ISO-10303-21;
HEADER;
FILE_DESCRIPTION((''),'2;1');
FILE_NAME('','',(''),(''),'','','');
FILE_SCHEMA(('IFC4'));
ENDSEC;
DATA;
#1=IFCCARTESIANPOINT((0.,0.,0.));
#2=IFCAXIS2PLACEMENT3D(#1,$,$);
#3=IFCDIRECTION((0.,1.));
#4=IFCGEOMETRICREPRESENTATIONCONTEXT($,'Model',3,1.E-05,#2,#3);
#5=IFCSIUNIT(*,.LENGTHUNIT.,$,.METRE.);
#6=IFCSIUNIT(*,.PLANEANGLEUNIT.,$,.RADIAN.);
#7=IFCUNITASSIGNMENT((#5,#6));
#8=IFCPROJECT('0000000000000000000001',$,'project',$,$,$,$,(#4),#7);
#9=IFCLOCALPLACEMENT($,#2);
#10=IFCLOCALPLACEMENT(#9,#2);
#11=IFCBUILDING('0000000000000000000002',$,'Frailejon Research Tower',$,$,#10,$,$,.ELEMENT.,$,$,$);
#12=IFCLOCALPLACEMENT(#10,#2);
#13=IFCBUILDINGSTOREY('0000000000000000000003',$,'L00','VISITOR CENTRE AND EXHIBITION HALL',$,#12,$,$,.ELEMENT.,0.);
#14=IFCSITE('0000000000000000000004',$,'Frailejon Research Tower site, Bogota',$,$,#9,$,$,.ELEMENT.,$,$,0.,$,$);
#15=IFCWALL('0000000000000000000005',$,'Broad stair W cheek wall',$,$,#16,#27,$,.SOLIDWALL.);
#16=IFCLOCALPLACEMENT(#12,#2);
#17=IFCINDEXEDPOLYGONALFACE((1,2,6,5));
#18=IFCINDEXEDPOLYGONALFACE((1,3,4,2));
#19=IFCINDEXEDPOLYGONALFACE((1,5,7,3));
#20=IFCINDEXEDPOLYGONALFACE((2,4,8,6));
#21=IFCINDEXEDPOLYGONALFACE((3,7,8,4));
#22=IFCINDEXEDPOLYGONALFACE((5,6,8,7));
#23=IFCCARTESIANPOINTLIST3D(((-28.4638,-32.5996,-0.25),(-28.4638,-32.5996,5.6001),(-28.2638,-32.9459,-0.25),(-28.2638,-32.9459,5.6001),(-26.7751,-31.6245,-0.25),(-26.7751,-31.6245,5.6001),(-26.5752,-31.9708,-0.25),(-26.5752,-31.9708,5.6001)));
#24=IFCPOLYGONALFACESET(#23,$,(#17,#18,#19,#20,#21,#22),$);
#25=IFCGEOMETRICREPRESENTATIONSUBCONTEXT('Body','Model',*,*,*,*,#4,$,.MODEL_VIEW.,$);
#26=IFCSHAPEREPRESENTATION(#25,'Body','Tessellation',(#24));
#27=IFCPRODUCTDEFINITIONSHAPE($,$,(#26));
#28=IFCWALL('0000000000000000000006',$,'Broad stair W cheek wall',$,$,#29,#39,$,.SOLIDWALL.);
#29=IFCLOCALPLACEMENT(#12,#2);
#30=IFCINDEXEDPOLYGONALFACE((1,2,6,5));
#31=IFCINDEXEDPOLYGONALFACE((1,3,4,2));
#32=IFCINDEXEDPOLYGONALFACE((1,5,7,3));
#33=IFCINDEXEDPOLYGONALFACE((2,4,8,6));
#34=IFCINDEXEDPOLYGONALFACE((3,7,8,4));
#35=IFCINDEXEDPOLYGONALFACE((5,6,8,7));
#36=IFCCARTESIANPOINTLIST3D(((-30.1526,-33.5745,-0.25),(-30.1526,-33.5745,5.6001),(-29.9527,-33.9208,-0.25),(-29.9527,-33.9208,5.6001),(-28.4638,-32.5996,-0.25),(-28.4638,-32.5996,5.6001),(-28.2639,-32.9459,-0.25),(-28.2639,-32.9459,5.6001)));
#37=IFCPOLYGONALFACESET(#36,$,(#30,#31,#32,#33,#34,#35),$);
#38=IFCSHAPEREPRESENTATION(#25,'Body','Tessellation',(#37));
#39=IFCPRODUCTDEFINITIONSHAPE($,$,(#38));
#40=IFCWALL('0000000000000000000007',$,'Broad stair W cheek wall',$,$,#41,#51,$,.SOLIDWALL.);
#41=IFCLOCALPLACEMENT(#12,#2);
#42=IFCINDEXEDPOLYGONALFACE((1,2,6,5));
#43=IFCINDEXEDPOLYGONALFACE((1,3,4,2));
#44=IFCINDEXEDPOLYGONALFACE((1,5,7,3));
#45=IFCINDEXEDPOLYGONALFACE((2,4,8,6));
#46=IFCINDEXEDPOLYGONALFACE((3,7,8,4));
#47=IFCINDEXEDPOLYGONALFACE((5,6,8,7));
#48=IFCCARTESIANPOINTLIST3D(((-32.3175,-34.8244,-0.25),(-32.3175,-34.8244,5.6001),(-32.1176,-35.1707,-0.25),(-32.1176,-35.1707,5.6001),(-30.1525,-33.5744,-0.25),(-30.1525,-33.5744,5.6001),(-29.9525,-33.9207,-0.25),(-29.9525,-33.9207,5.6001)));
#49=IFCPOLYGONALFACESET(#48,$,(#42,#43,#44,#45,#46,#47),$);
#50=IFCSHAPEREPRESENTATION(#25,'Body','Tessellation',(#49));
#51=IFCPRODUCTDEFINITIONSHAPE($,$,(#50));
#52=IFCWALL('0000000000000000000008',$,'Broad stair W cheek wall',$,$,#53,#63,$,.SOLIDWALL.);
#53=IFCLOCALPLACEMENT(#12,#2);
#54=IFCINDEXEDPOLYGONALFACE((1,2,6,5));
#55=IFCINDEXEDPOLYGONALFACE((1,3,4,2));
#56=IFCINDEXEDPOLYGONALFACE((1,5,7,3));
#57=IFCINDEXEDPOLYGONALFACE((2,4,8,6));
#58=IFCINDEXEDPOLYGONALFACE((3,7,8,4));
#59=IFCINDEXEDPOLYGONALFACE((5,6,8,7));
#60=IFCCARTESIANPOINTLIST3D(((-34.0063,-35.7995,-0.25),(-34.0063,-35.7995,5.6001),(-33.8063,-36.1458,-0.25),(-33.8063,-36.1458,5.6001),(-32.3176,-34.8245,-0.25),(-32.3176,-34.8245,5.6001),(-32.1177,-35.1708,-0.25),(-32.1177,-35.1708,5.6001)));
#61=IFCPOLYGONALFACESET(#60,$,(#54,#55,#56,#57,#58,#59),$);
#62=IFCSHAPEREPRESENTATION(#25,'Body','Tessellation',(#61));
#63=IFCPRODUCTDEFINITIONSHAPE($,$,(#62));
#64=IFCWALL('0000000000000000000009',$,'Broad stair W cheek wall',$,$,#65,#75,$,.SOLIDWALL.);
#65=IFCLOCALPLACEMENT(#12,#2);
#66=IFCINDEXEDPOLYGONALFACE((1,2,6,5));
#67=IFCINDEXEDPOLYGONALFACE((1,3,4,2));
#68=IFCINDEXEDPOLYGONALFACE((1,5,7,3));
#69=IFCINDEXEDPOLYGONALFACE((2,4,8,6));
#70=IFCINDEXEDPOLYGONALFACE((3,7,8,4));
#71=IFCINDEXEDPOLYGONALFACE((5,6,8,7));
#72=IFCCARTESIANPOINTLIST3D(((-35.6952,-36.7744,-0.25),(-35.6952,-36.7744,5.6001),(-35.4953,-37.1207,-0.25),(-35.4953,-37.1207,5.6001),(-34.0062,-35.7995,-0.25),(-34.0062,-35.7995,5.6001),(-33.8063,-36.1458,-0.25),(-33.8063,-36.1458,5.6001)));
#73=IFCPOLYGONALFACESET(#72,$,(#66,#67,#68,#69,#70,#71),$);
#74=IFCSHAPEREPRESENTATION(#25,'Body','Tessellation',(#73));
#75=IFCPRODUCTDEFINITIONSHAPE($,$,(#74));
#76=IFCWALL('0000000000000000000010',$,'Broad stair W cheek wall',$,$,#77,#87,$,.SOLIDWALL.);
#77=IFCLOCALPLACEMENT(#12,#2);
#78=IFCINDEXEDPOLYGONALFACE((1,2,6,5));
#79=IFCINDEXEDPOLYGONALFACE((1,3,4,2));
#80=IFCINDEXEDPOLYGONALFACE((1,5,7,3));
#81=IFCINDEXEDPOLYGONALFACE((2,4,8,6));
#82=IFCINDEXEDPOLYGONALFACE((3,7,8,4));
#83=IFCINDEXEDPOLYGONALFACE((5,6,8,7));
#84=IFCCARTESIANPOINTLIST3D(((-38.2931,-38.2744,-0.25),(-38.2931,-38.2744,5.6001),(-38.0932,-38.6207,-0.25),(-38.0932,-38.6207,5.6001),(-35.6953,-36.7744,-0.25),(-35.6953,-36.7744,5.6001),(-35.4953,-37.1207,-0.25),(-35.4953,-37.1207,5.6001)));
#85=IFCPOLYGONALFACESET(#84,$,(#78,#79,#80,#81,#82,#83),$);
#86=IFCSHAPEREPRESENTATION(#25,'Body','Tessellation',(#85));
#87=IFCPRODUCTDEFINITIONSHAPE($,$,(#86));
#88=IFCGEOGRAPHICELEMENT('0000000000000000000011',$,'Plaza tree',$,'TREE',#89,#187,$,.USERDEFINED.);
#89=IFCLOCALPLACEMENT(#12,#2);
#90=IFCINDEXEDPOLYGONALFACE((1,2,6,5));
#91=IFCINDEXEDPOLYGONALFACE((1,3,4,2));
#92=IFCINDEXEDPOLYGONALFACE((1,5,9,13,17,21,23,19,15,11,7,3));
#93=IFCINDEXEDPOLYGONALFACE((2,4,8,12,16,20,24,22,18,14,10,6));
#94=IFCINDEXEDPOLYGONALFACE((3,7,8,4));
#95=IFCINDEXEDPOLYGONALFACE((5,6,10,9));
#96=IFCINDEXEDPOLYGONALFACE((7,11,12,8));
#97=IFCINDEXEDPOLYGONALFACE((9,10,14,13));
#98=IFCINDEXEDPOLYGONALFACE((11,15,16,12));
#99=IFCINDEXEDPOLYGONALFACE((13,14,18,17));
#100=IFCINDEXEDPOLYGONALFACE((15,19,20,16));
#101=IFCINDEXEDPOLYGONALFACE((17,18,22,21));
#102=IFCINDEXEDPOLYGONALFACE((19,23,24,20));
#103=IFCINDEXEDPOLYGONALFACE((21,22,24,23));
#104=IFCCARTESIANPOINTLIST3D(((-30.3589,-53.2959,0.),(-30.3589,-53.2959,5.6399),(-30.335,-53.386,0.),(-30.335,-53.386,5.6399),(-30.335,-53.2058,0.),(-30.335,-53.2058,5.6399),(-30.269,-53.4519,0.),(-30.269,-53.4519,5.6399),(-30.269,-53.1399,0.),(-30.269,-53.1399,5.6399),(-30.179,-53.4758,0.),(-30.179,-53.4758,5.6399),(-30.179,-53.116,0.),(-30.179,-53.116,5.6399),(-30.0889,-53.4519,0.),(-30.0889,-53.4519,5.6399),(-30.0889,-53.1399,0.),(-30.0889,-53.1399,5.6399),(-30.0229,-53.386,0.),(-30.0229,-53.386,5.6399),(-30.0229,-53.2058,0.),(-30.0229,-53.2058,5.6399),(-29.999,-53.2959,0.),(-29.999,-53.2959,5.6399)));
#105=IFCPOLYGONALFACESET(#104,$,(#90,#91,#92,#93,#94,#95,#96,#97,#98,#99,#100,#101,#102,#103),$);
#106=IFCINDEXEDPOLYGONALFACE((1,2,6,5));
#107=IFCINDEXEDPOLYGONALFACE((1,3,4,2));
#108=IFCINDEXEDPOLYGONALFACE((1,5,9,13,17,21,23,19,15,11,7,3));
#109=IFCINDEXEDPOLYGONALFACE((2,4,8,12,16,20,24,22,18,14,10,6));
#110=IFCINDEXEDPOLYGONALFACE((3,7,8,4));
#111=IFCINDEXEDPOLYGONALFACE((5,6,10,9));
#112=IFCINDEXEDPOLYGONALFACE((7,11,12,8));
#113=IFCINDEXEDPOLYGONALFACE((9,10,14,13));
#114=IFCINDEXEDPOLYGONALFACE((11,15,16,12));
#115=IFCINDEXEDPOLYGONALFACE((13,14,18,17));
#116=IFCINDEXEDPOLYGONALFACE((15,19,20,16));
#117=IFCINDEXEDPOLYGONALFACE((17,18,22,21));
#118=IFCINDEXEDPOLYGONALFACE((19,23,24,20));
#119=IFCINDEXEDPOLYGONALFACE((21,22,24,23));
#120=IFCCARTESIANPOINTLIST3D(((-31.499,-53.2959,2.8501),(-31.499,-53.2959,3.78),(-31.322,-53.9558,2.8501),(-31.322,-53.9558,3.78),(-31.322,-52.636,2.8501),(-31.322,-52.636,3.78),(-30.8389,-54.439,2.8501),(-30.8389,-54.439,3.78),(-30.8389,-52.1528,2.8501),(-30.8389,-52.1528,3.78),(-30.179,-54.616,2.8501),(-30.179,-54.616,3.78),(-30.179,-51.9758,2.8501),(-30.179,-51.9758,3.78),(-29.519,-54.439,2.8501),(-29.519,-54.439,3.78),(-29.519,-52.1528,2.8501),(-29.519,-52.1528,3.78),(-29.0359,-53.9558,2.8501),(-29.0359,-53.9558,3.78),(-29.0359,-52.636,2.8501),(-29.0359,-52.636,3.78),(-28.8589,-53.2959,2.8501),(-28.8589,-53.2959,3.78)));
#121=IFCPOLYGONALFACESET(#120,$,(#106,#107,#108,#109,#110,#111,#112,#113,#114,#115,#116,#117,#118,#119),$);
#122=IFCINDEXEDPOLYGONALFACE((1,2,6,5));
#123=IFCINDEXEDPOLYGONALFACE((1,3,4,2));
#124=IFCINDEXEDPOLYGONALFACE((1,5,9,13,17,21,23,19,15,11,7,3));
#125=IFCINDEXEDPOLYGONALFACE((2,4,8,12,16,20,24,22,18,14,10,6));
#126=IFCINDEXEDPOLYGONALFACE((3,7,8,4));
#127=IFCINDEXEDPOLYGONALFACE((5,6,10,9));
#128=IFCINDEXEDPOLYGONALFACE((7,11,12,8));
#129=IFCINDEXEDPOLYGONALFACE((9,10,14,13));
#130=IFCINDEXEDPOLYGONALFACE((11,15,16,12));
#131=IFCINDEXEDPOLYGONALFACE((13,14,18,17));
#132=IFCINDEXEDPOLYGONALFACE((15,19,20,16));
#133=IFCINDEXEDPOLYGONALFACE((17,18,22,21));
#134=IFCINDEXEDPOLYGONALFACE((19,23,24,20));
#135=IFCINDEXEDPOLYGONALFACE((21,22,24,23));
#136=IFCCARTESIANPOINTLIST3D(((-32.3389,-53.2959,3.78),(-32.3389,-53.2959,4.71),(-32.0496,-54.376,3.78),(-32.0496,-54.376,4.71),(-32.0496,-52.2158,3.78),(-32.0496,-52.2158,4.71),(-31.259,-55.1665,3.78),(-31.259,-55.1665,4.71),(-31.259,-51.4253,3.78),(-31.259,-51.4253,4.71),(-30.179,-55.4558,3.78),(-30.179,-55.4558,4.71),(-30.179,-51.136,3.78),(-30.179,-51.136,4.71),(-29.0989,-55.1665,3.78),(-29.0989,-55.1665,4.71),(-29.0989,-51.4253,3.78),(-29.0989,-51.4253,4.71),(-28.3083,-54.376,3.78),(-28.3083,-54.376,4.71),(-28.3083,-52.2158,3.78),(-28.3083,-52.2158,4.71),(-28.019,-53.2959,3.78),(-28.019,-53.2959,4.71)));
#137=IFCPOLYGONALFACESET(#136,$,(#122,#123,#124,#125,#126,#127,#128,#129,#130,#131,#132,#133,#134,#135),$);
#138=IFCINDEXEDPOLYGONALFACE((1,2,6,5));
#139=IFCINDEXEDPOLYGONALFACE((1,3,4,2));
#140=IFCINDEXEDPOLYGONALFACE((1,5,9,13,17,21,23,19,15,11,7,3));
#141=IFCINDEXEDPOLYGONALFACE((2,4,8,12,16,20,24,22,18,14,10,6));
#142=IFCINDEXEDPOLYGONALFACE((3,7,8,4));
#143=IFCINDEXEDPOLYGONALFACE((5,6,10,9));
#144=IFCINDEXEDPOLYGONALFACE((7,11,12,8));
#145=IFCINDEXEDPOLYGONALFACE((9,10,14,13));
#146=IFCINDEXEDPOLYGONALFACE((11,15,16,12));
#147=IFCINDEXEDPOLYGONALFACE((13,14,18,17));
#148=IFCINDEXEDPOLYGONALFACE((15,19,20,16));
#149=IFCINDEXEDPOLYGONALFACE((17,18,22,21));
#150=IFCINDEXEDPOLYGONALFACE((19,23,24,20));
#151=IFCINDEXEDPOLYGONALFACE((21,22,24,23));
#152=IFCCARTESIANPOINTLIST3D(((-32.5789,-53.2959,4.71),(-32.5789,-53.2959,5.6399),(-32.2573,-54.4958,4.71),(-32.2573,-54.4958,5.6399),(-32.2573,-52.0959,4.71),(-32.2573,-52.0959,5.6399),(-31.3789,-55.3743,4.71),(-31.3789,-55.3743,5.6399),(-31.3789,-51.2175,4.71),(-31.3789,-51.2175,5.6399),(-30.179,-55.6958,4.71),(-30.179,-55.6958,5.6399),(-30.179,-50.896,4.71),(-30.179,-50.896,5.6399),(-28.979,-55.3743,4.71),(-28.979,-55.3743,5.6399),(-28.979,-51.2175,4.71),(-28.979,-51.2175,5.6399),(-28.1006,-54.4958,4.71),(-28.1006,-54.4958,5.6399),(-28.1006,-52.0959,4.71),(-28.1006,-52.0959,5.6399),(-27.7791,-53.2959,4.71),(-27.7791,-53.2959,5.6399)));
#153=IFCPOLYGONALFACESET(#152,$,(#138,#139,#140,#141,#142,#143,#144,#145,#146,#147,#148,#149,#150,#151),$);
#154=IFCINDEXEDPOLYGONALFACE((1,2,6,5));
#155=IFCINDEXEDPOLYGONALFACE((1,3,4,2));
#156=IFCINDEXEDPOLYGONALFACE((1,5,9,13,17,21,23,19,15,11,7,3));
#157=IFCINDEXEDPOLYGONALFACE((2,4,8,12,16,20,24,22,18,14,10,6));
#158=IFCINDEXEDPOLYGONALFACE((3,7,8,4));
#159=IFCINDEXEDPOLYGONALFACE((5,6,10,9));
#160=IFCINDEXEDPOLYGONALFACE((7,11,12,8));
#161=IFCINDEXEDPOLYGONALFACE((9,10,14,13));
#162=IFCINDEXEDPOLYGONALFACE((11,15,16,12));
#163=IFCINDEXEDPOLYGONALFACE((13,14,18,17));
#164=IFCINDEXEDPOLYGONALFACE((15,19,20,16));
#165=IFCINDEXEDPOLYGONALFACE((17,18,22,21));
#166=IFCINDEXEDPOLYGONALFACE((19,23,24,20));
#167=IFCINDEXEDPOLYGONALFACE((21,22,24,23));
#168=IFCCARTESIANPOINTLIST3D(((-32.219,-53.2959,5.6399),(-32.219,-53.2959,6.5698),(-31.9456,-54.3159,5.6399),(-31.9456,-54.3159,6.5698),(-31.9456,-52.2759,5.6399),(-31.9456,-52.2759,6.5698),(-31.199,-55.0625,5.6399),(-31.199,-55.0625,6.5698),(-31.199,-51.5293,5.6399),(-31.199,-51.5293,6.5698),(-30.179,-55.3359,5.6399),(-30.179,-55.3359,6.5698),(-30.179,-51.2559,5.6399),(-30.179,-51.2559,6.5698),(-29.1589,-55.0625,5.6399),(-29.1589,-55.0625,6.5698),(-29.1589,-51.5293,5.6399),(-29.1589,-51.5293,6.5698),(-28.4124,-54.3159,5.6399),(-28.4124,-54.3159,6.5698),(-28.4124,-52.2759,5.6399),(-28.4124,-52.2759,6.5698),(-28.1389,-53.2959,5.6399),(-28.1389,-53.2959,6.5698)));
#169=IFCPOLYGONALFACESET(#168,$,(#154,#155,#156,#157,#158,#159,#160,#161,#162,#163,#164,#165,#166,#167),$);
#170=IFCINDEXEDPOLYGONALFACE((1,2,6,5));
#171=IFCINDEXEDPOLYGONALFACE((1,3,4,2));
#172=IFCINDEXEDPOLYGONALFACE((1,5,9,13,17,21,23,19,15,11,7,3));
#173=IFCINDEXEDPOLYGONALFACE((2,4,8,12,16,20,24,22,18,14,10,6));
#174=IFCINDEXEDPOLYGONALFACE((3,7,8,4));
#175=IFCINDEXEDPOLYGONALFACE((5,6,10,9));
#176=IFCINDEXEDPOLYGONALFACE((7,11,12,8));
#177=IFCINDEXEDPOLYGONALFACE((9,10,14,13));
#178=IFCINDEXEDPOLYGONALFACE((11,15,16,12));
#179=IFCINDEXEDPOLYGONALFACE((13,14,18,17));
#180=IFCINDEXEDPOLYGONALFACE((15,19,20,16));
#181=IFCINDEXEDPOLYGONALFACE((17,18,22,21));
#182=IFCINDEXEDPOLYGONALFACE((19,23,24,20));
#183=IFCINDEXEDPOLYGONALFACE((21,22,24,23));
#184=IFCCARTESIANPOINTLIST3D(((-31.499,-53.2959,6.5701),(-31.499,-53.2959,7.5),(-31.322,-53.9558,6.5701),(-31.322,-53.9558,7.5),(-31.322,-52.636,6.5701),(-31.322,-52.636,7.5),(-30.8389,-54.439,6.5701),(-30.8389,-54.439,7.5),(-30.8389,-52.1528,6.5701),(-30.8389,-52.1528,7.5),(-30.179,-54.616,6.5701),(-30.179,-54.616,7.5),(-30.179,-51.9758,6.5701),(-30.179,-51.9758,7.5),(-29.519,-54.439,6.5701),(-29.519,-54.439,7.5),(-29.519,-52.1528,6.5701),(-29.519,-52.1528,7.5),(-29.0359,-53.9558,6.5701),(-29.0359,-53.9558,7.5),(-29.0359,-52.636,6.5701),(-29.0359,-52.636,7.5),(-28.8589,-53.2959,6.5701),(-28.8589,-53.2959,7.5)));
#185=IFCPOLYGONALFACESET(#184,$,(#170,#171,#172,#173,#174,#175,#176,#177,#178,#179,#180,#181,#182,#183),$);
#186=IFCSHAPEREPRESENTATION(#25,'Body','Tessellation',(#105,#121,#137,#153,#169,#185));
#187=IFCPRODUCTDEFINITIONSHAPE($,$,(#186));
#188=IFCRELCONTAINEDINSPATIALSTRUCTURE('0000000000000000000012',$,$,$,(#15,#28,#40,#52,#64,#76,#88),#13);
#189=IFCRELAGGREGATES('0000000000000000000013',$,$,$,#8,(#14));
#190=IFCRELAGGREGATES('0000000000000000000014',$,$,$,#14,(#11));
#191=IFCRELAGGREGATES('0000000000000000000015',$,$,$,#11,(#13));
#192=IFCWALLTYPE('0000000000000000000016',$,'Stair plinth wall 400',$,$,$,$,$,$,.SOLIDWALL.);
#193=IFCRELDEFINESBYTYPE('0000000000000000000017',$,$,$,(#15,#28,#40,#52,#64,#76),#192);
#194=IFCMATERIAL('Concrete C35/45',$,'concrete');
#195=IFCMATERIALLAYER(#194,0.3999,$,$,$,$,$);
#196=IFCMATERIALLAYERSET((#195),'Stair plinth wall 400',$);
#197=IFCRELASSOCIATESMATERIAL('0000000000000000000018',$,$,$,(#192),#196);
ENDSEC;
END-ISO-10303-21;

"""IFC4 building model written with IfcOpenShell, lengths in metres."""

from ifc_helpers import new_model, si_unit, direction, frame, frame_2d, origin, place, context, subcontext, project, spatial, polyline, rectangle, outline, extrude, material, layer, layer_set, type_object, element, save


model = new_model("IFC4")

# Units and contexts
model_context = context("Model", 3, precision=1e-05, world=origin(), true_north=direction((0.0, 1.0)))
body_context = subcontext(model_context, "Body", "Model", "MODEL_VIEW")
ifc_project = project(units=[si_unit("LENGTHUNIT", "METRE"), si_unit("PLANEANGLEUNIT", "RADIAN")], contexts=[model_context])

# Site, building, storey
site_placement = place(None, origin())
site = spatial("IfcSite", under=ifc_project, at=site_placement, Name="Frailejon Research Tower site, Bogota", CompositionType="ELEMENT", RefElevation=0.0)
building_placement = place(site_placement, origin())
building = spatial("IfcBuilding", under=site, at=building_placement, Name="Frailejon Research Tower", CompositionType="ELEMENT")
storey_placement = place(building_placement, origin())
storey = spatial("IfcBuildingStorey", under=building, at=storey_placement, Name="L00", Description="VISITOR CENTRE AND EXHIBITION HALL", CompositionType="ELEMENT", Elevation=0.0)

# Walls
ifc_material_1 = material(Name="Concrete C35/45", Category="concrete")
ifc_layer_1 = layer(ifc_material_1, 0.3999)
ifc_layer_set_1 = layer_set([ifc_layer_1], Name="Stair plinth wall 400")
wall_type_1 = type_object("IfcWallType", Name="Stair plinth wall 400", PredefinedType="SOLIDWALL", material=ifc_layer_set_1)
for number, where, z_axis, x_axis, name in (
    (1, (-26.675, -31.7976, -0.25), (0.0, 0.0, 1.0), (-0.866, -0.500044, 0.0), "Broad stair W cheek wall"),
    (2, (-28.3638, -32.7727, -0.25), (0.0, 0.0, 1.0), (-0.866054, -0.49995, 0.0), "Broad stair W cheek wall"),
):
    element("IfcWall", number, at=place(storey_placement, frame(where, z_axis=z_axis, x_axis=x_axis)), inside=storey, type_object=wall_type_1, Name=name, PredefinedType="SOLIDWALL", context=body_context, shape_type="SweptSolid", body=[
        extrude(rectangle(XDim=1.95, YDim=0.3999, at=frame_2d((0.9751, 0.0))), origin(), (0.0, 0.0, 1.0), 5.8501),
    ])
wall_1_placement = place(storey_placement, frame((-30.0525, -33.7476, -0.25), z_axis=(0.0, 0.0, 1.0), x_axis=(-0.866023, -0.500004, 0.0)))
element("IfcWall", 3, at=wall_1_placement, inside=storey, type_object=wall_type_1, Name="Broad stair W cheek wall", PredefinedType="SOLIDWALL", context=body_context, shape_type="SweptSolid", body=[
    extrude(rectangle(XDim=2.5, YDim=0.3999, at=frame_2d((1.25, 0.0))), origin(), (0.0, 0.0, 1.0), 5.8501),
])
wall_2_placement = place(storey_placement, frame((-32.2175, -34.9976, -0.25), z_axis=(0.0, 0.0, 1.0), x_axis=(-0.866, -0.500044, 0.0)))
element("IfcWall", 4, at=wall_2_placement, inside=storey, type_object=wall_type_1, Name="Broad stair W cheek wall", PredefinedType="SOLIDWALL", context=body_context, shape_type="SweptSolid", body=[
    extrude(rectangle(XDim=1.95, YDim=0.3999, at=frame_2d((0.9751, 0.0))), origin(), (0.0, 0.0, 1.0), 5.8501),
])
wall_3_placement = place(storey_placement, frame((-33.9062, -35.9727, -0.25), z_axis=(0.0, 0.0, 1.0), x_axis=(-0.866086, -0.499896, 0.0)))
element("IfcWall", 5, at=wall_3_placement, inside=storey, type_object=wall_type_1, Name="Broad stair W cheek wall", PredefinedType="SOLIDWALL", context=body_context, shape_type="SweptSolid", body=[
    extrude(rectangle(XDim=1.9502, YDim=0.3999, at=frame_2d((0.9751, 0.0))), origin(), (0.0, 0.0, 1.0), 5.8501),
])
wall_4_placement = place(storey_placement, frame((-35.5952, -36.9475, -0.25), z_axis=(0.0, 0.0, 1.0), x_axis=(-0.866011, -0.500025, 0.0)))
element("IfcWall", 6, at=wall_4_placement, inside=storey, type_object=wall_type_1, Name="Broad stair W cheek wall", PredefinedType="SOLIDWALL", context=body_context, shape_type="SweptSolid", body=[
    extrude(rectangle(XDim=2.9998, YDim=0.3999, at=frame_2d((1.5, 0.0))), origin(), (0.0, 0.0, 1.0), 5.8501),
])

# Geographic element
geographic_element_1_placement = place(storey_placement, frame((-30.179, -53.2959, 0.0)))
element("IfcGeographicElement", 7, at=geographic_element_1_placement, inside=storey, Name="Plaza tree", ObjectType="TREE", PredefinedType="USERDEFINED", context=body_context, shape_type="SweptSolid", body=[
    extrude(outline(polyline([(0.1799, 0.0), (0.156, 0.0901), (0.0901, 0.156), (0.0, 0.1799), (-0.0901, 0.156), (-0.156, 0.0901), (-0.1799, 0.0), (-0.156, -0.0901), (-0.0901, -0.156), (0.0, -0.1799), (0.0901, -0.156), (0.156, -0.0901), (0.1799, 0.0)])), origin(), (0.0, 0.0, 1.0), 5.6399),
    extrude(outline(polyline([(1.3201, 0.0), (1.1431, 0.6599), (0.6599, 1.1431), (0.0, 1.3201), (-0.6599, 1.1431), (-1.1431, 0.6599), (-1.3201, 0.0), (-1.1431, -0.6599), (-0.6599, -1.1431), (0.0, -1.3201), (0.6599, -1.1431), (1.1431, -0.6599), (1.3201, 0.0)])), frame((0.0, 0.0, 2.8501)), (0.0, 0.0, 1.0), 0.9299),
    extrude(outline(polyline([(2.1599, 0.0), (1.8706, 1.0801), (1.0801, 1.8706), (0.0, 2.1599), (-1.0801, 1.8706), (-1.8706, 1.0801), (-2.1599, 0.0), (-1.8706, -1.0801), (-1.0801, -1.8706), (0.0, -2.1599), (1.0801, -1.8706), (1.8706, -1.0801), (2.1599, 0.0)])), frame((0.0, 0.0, 3.78)), (0.0, 0.0, 1.0), 0.9299),
    extrude(outline(polyline([(2.3999, 0.0), (2.0784, 1.2), (1.2, 2.0784), (0.0, 2.3999), (-1.2, 2.0784), (-2.0784, 1.2), (-2.3999, 0.0), (-2.0784, -1.2), (-1.2, -2.0784), (0.0, -2.3999), (1.2, -2.0784), (2.0784, -1.2), (2.3999, 0.0)])), frame((0.0, 0.0, 4.71)), (0.0, 0.0, 1.0), 0.9299),
    extrude(outline(polyline([(2.04, 0.0), (1.7666, 1.02), (1.02, 1.7666), (0.0, 2.04), (-1.02, 1.7666), (-1.7666, 1.02), (-2.04, 0.0), (-1.7666, -1.02), (-1.02, -1.7666), (0.0, -2.04), (1.02, -1.7666), (1.7666, -1.02), (2.04, 0.0)])), frame((0.0, 0.0, 5.6399)), (0.0, 0.0, 1.0), 0.9299),
    extrude(outline(polyline([(1.3201, 0.0), (1.1431, 0.6599), (0.6599, 1.1431), (0.0, 1.3201), (-0.6599, 1.1431), (-1.1431, 0.6599), (-1.3201, 0.0), (-1.1431, -0.6599), (-0.6599, -1.1431), (0.0, -1.3201), (0.6599, -1.1431), (1.1431, -0.6599), (1.3201, 0.0)])), frame((0.0, 0.0, 6.5701)), (0.0, 0.0, 1.0), 0.9299),
])

save(model, "model.ifc")
